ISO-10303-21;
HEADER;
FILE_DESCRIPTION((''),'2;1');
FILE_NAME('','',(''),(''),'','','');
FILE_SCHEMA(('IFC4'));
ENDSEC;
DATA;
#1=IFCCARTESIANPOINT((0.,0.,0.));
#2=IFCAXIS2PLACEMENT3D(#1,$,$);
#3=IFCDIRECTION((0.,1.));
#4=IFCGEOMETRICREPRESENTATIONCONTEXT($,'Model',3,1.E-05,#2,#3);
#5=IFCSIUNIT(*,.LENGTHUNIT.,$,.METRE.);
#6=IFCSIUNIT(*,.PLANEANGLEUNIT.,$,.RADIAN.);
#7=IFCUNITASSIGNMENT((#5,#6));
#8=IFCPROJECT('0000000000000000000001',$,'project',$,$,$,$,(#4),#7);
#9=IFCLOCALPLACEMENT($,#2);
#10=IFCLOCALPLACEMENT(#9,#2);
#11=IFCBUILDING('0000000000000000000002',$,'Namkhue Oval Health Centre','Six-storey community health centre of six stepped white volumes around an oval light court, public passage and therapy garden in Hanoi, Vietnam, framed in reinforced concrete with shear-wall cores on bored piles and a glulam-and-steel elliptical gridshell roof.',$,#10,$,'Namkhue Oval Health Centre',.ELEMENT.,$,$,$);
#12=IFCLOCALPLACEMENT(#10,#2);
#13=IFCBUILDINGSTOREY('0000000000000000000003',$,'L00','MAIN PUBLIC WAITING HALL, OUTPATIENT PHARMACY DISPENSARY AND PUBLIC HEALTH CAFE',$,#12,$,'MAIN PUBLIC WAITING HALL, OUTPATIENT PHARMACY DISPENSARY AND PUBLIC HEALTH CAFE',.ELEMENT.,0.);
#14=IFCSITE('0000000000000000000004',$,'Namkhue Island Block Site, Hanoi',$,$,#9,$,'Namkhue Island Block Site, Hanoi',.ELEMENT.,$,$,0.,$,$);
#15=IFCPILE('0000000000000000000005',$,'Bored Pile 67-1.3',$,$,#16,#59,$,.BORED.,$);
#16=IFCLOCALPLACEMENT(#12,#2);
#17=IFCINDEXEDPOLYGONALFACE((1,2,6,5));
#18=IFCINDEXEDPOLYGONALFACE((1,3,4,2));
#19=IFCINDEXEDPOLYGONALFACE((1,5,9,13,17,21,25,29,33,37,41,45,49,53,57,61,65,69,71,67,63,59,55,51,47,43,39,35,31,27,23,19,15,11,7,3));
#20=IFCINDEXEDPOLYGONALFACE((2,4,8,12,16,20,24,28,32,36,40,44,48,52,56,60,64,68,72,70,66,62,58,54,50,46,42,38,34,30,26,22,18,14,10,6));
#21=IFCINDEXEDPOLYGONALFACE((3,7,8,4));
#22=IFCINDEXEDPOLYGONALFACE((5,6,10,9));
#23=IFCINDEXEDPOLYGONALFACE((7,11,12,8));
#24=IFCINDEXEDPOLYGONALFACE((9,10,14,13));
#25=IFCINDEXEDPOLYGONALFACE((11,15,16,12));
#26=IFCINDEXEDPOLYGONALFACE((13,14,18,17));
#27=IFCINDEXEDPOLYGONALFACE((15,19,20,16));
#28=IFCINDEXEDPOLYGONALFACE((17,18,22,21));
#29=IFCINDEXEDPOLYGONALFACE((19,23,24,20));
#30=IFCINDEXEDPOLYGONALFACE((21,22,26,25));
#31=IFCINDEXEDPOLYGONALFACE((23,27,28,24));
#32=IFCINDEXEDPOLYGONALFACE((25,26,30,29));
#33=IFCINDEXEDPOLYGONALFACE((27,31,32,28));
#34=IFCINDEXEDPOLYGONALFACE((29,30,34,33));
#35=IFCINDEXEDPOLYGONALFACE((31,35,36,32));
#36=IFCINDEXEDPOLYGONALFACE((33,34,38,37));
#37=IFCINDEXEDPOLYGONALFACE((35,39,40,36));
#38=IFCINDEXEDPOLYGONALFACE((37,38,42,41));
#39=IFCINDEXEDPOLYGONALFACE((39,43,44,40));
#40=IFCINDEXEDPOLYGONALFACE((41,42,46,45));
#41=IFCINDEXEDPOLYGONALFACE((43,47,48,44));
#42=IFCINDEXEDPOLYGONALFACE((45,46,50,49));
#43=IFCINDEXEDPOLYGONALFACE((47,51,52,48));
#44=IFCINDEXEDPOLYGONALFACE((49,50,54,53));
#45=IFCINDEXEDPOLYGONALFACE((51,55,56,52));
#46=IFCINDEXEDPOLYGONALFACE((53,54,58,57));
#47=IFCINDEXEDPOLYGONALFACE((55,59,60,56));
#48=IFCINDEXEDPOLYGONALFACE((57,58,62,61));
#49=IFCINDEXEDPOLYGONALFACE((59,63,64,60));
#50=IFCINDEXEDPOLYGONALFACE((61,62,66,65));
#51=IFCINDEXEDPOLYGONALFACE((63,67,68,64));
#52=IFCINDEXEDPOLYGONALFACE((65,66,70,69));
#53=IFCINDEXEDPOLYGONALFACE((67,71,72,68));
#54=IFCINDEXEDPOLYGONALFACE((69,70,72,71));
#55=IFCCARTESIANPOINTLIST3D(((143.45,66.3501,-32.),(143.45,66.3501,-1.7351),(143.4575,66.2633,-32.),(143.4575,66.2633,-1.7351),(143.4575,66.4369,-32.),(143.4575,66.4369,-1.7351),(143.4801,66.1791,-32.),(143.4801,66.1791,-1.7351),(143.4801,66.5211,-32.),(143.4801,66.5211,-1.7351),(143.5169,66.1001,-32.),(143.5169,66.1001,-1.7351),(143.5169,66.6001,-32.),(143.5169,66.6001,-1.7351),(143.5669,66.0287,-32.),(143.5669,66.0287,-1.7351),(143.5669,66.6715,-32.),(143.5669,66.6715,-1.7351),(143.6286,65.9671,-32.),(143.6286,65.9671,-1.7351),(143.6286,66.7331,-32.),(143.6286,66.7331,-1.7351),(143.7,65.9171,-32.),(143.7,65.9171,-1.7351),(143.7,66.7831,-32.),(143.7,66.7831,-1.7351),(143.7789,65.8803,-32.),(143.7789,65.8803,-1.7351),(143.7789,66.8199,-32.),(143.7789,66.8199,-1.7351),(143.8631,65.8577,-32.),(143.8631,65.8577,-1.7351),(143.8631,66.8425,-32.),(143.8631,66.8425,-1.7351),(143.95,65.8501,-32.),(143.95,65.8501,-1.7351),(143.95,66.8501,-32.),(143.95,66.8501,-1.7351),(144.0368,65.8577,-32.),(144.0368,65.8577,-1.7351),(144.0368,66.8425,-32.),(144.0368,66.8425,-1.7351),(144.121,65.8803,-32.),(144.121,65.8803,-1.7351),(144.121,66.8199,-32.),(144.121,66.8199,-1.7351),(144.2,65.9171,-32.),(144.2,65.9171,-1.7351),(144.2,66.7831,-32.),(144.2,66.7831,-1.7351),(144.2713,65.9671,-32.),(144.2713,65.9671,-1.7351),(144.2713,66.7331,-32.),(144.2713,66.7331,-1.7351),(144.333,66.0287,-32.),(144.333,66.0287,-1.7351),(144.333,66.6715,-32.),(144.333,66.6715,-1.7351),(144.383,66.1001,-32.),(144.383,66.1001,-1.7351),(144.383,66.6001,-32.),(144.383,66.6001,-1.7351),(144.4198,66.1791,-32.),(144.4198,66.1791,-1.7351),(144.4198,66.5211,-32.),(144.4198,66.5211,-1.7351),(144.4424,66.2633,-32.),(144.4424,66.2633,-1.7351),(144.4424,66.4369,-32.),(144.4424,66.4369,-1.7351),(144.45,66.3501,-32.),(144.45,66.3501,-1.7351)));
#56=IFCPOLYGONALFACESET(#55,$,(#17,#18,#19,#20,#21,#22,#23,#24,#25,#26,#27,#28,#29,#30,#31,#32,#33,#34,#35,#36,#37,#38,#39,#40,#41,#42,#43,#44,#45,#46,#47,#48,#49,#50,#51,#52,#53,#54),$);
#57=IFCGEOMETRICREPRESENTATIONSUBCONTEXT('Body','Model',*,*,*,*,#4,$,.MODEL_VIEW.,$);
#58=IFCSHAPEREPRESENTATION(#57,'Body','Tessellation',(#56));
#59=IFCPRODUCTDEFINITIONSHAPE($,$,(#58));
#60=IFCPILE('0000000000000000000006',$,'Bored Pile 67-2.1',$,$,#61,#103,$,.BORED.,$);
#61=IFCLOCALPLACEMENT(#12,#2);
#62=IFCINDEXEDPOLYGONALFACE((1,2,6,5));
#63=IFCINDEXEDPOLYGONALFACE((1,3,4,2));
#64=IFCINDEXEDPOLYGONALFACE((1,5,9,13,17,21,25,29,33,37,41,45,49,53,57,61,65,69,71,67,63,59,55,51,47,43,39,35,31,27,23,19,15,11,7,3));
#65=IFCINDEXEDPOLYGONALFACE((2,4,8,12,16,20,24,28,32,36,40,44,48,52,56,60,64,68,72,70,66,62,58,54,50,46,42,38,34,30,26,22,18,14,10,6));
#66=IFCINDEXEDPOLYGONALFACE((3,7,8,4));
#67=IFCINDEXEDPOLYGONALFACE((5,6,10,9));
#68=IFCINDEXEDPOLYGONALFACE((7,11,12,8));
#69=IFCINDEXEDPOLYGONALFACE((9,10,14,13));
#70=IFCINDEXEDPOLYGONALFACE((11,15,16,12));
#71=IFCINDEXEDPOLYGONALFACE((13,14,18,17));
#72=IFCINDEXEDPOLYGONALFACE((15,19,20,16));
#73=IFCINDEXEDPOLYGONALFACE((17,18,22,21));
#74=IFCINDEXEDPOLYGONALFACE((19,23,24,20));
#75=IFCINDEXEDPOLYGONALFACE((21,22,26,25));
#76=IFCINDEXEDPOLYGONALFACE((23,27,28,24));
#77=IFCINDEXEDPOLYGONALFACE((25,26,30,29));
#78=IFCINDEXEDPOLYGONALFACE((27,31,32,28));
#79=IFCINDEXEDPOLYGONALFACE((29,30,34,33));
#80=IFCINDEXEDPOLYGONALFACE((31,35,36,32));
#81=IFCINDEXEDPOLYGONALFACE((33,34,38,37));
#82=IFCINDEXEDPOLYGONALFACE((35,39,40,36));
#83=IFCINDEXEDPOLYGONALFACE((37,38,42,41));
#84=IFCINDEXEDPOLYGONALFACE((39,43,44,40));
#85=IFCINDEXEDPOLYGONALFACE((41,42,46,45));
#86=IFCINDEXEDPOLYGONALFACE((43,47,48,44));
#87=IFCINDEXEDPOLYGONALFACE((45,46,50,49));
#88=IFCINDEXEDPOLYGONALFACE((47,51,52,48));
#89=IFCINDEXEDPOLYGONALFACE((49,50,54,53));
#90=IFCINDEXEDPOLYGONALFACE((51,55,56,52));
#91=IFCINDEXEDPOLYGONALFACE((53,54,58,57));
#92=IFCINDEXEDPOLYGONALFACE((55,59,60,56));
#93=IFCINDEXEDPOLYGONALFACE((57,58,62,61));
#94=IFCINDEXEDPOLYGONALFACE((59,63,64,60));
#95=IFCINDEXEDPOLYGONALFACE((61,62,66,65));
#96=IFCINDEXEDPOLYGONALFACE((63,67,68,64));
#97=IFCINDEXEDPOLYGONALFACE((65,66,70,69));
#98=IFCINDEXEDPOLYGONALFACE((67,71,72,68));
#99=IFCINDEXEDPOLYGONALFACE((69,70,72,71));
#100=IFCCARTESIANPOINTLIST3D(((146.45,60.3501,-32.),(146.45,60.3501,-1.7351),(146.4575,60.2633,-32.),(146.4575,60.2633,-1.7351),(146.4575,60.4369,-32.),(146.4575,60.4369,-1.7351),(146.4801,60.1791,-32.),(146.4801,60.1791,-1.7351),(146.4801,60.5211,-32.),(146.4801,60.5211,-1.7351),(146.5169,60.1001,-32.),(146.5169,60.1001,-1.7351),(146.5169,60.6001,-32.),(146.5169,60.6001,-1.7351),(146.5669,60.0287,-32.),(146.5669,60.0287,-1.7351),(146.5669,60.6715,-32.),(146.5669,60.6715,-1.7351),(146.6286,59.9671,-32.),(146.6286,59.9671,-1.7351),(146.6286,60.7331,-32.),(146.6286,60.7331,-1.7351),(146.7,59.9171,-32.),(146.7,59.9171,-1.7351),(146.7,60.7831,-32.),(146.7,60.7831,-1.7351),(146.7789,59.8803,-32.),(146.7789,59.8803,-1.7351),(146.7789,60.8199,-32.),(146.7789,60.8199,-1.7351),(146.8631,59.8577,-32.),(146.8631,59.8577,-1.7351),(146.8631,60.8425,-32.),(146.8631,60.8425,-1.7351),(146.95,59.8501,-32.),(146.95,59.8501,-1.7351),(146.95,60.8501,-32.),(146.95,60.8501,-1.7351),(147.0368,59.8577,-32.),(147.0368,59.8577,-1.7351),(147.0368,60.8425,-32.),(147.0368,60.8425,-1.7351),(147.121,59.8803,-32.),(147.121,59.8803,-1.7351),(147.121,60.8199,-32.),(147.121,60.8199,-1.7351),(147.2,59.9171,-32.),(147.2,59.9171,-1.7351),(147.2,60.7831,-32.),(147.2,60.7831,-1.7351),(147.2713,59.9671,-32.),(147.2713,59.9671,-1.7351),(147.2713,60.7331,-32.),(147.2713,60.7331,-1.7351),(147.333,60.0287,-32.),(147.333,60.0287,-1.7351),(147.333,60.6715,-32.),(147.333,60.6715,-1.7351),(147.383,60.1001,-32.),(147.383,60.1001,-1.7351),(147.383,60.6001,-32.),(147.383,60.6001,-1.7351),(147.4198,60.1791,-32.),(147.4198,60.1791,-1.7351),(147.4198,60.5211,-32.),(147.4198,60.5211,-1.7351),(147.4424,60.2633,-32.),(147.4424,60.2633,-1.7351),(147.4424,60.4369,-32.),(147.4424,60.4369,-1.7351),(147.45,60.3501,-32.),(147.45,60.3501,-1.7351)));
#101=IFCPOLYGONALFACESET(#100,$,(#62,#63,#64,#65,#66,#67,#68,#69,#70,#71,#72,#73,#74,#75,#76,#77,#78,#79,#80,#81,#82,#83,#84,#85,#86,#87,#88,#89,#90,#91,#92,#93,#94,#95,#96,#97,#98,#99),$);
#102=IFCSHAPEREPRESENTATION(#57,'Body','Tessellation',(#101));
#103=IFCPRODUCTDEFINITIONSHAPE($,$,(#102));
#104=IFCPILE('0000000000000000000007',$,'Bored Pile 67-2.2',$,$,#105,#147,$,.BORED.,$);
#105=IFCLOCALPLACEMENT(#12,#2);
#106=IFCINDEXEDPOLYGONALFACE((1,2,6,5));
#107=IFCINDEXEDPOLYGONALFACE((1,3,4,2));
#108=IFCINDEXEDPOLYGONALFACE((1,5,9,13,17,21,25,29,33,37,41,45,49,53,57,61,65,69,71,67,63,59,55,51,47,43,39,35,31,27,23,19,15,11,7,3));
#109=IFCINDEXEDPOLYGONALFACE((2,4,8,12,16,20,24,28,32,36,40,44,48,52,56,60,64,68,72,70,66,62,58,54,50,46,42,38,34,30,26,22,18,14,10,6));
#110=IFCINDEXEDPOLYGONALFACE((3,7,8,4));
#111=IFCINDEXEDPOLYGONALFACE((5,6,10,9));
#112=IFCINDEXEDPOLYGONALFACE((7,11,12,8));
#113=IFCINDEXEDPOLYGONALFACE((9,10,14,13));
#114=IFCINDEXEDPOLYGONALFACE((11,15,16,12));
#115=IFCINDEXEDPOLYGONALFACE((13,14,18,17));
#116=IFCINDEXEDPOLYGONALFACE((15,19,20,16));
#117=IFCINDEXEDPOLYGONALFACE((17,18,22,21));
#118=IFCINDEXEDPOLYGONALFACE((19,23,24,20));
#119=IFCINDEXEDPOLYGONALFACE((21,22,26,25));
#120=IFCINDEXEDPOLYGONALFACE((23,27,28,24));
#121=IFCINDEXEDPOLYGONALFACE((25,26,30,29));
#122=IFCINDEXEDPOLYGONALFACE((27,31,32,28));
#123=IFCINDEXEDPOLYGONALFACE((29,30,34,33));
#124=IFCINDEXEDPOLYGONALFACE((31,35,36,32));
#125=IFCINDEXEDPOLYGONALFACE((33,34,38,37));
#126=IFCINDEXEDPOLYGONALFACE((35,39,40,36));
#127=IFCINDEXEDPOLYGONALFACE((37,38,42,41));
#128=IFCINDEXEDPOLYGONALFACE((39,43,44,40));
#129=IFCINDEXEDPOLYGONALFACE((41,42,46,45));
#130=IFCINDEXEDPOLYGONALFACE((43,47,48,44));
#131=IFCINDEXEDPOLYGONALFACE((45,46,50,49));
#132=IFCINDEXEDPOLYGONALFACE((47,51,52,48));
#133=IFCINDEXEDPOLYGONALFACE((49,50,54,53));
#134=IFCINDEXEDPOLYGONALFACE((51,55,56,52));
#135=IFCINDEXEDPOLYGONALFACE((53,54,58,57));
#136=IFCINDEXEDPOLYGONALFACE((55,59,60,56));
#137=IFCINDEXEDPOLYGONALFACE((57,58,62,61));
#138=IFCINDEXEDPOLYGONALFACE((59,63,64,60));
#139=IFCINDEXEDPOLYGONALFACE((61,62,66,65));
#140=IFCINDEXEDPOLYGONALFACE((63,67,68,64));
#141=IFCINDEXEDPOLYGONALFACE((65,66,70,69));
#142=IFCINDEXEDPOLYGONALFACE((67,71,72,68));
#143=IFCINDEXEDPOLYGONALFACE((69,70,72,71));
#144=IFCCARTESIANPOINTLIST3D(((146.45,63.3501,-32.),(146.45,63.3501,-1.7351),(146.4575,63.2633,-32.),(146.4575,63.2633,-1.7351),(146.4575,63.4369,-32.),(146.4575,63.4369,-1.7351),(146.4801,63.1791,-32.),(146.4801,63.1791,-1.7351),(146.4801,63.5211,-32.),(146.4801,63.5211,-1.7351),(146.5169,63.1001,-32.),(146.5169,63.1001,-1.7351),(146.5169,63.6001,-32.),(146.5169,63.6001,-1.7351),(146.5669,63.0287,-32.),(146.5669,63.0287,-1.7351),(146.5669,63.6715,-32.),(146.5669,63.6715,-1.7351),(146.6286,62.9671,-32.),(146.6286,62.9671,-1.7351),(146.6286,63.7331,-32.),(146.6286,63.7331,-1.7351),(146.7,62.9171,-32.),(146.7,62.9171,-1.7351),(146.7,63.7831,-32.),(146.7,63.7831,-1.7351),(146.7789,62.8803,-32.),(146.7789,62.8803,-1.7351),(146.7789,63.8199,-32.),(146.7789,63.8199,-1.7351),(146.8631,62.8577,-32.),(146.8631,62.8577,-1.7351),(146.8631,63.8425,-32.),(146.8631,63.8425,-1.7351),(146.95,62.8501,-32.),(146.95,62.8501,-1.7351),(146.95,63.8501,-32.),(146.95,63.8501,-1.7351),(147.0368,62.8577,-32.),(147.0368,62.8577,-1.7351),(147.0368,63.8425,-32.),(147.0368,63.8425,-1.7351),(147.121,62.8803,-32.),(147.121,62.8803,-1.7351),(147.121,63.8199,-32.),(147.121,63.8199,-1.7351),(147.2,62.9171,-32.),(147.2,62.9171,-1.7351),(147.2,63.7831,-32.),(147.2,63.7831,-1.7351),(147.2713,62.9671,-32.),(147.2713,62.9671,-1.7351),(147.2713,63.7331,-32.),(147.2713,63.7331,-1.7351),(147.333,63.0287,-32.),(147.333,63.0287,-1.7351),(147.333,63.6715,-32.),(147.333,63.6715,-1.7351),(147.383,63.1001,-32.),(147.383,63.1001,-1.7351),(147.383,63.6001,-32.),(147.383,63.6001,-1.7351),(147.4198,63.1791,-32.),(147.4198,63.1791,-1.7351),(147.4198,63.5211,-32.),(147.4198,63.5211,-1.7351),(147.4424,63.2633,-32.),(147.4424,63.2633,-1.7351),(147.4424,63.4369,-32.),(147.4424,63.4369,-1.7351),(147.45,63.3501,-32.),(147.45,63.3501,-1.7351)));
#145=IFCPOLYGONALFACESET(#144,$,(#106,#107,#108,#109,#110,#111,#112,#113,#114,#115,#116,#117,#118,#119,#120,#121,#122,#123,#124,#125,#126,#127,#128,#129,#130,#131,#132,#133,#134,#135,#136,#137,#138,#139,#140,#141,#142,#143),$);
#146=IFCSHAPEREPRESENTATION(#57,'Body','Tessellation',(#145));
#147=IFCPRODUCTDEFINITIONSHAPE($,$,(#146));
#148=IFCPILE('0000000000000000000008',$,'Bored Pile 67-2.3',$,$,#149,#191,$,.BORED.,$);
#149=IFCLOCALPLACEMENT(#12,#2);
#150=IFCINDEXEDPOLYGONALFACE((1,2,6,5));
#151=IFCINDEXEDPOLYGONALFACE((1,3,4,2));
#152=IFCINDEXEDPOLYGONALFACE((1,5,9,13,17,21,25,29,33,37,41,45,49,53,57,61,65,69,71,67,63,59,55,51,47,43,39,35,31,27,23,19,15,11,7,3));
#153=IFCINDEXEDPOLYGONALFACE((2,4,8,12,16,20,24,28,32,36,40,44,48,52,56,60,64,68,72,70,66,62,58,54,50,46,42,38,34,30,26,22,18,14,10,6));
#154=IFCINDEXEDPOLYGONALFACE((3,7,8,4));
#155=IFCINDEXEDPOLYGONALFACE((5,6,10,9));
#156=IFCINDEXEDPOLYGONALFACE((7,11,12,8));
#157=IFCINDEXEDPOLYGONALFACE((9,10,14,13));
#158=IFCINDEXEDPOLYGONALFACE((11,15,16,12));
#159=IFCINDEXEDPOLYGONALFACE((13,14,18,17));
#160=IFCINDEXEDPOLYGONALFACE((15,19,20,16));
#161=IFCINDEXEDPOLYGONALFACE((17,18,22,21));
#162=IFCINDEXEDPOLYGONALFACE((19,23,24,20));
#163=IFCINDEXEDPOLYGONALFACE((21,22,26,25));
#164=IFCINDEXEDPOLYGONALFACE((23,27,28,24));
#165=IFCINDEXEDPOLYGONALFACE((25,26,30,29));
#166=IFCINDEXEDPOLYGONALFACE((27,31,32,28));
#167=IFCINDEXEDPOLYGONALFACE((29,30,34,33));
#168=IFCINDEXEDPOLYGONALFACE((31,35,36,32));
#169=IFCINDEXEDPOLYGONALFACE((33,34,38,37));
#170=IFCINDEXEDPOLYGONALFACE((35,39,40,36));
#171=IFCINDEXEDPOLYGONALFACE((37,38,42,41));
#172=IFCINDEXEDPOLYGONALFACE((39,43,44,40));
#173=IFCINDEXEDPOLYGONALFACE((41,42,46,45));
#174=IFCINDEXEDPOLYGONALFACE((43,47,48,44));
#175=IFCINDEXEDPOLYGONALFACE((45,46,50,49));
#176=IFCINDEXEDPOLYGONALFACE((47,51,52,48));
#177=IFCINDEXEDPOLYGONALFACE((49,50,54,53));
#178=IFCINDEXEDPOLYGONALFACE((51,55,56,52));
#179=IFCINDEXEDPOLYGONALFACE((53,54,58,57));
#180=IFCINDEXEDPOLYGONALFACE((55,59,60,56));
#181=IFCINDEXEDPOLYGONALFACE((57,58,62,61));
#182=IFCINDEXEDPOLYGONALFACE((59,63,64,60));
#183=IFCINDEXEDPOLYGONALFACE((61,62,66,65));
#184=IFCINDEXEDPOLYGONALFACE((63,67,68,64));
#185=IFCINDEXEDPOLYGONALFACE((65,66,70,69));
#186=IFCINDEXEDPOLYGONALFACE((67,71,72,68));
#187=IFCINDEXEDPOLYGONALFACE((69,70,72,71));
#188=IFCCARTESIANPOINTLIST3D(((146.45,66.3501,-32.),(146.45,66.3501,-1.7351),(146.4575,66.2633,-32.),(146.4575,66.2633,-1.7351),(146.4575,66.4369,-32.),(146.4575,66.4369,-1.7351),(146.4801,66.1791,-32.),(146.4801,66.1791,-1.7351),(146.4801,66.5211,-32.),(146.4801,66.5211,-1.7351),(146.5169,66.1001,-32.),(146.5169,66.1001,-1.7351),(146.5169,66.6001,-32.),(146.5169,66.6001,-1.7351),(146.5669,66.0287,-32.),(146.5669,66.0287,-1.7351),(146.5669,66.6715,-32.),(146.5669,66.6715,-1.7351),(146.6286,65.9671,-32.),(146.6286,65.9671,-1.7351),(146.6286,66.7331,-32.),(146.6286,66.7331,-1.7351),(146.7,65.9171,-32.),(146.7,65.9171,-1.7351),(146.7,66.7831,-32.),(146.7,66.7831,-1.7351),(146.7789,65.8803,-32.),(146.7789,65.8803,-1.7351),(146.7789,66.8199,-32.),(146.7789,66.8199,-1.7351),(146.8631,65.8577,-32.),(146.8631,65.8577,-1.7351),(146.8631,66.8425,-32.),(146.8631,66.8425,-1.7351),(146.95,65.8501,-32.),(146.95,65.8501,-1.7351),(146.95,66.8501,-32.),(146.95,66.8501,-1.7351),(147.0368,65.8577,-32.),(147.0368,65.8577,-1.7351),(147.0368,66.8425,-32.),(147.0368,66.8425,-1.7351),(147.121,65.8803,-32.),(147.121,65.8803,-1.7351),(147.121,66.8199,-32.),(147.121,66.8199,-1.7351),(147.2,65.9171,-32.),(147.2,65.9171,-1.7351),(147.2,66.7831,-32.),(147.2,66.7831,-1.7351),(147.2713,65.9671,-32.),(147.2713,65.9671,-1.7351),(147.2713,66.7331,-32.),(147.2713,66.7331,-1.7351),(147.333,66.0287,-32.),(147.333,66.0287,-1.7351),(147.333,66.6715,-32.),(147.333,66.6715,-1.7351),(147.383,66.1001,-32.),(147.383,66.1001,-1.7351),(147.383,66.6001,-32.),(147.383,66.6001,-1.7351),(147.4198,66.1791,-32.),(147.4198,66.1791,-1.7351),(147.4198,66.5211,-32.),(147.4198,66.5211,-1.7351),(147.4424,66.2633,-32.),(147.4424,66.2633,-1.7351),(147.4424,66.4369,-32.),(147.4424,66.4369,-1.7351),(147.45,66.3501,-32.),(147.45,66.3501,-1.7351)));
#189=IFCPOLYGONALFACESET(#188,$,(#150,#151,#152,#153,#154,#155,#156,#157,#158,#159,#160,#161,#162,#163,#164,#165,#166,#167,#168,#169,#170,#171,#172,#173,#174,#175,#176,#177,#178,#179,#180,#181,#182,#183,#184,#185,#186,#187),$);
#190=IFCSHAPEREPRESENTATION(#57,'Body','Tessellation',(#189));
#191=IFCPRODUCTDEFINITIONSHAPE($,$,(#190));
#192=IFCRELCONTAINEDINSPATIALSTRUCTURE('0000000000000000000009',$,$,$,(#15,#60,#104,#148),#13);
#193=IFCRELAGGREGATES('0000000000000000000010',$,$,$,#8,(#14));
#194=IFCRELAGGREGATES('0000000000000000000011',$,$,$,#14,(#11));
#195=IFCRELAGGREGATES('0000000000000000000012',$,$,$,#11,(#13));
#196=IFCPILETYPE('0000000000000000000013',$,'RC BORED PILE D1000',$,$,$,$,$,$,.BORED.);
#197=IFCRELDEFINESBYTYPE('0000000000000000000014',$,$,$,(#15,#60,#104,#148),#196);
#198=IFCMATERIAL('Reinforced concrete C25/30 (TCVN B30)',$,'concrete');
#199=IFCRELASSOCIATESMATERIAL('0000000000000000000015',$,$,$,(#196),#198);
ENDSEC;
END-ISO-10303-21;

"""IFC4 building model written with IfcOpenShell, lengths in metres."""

from ifc_helpers import new_model, si_unit, direction, frame, origin, origin_2d, place, context, subcontext, project, spatial, circle, extrude, material, material_profile, profile_set, type_object, element, save


model = new_model("IFC4")

# Units and contexts
model_context = context("Model", 3, precision=1e-05, world=origin(), true_north=direction((0.0, 1.0)))
body_context = subcontext(model_context, "Body", "Model", "MODEL_VIEW")
ifc_project = project(units=[si_unit("LENGTHUNIT", "METRE"), si_unit("PLANEANGLEUNIT", "RADIAN")], contexts=[model_context])

# Site, building, storey
site_placement = place(None, origin())
site = spatial("IfcSite", under=ifc_project, at=site_placement, Name="Namkhue Island Block Site, Hanoi", LongName="Namkhue Island Block Site, Hanoi", CompositionType="ELEMENT", RefElevation=0.0)
building_placement = place(site_placement, origin())
building = spatial("IfcBuilding", under=site, at=building_placement, Name="Namkhue Oval Health Centre", Description="Six-storey community health centre of six stepped white volumes around an oval light court, public passage and therapy garden in Hanoi, Vietnam, framed in reinforced concrete with shear-wall cores on bored piles and a glulam-and-steel elliptical gridshell roof.", LongName="Namkhue Oval Health Centre", CompositionType="ELEMENT")
storey_placement = place(building_placement, origin())
storey = spatial("IfcBuildingStorey", under=building, at=storey_placement, Name="L00", Description="MAIN PUBLIC WAITING HALL, OUTPATIENT PHARMACY DISPENSARY AND PUBLIC HEALTH CAFE", LongName="MAIN PUBLIC WAITING HALL, OUTPATIENT PHARMACY DISPENSARY AND PUBLIC HEALTH CAFE", CompositionType="ELEMENT", Elevation=0.0)

# Piles
ifc_material_1 = material(Name="Reinforced concrete C25/30 (TCVN B30)", Category="concrete")
ifc_material_profile_1 = material_profile(ifc_material_1, circle(Radius=0.5, at=origin_2d()), Name="BORED PILE D1000")
ifc_profile_set_1 = profile_set([ifc_material_profile_1], Name="Reinforced concrete C25/30 (TCVN B30)")
pile_type_1 = type_object("IfcPileType", Name="RC BORED PILE D1000", PredefinedType="BORED", material=ifc_profile_set_1)
for number, where, z_axis, x_axis, name in (
    (1, (143.95, 66.3501, -1.7351), (0.0, 0.0, -1.0), (1.0, 0.0, 0.0), "Bored Pile 67-1.3"),
    (2, (146.95, 60.3501, -1.7351), (0.0, 0.0, -1.0), (1.0, 0.0, 0.0), "Bored Pile 67-2.1"),
    (3, (146.95, 63.3501, -1.7351), (0.0, 0.0, -1.0), (1.0, 0.0, 0.0), "Bored Pile 67-2.2"),
    (4, (146.95, 66.3501, -1.7351), (0.0, 0.0, -1.0), (1.0, 0.0, 0.0), "Bored Pile 67-2.3"),
):
    element("IfcPile", number, at=place(storey_placement, frame(where, z_axis=z_axis, x_axis=x_axis)), inside=storey, type_object=pile_type_1, Name=name, PredefinedType="BORED", context=body_context, shape_type="SweptSolid", body=[
        extrude(circle(Radius=0.5, at=origin_2d()), origin(), (0.0, 0.0, 1.0), 30.2649),
    ])

save(model, "model.ifc")
